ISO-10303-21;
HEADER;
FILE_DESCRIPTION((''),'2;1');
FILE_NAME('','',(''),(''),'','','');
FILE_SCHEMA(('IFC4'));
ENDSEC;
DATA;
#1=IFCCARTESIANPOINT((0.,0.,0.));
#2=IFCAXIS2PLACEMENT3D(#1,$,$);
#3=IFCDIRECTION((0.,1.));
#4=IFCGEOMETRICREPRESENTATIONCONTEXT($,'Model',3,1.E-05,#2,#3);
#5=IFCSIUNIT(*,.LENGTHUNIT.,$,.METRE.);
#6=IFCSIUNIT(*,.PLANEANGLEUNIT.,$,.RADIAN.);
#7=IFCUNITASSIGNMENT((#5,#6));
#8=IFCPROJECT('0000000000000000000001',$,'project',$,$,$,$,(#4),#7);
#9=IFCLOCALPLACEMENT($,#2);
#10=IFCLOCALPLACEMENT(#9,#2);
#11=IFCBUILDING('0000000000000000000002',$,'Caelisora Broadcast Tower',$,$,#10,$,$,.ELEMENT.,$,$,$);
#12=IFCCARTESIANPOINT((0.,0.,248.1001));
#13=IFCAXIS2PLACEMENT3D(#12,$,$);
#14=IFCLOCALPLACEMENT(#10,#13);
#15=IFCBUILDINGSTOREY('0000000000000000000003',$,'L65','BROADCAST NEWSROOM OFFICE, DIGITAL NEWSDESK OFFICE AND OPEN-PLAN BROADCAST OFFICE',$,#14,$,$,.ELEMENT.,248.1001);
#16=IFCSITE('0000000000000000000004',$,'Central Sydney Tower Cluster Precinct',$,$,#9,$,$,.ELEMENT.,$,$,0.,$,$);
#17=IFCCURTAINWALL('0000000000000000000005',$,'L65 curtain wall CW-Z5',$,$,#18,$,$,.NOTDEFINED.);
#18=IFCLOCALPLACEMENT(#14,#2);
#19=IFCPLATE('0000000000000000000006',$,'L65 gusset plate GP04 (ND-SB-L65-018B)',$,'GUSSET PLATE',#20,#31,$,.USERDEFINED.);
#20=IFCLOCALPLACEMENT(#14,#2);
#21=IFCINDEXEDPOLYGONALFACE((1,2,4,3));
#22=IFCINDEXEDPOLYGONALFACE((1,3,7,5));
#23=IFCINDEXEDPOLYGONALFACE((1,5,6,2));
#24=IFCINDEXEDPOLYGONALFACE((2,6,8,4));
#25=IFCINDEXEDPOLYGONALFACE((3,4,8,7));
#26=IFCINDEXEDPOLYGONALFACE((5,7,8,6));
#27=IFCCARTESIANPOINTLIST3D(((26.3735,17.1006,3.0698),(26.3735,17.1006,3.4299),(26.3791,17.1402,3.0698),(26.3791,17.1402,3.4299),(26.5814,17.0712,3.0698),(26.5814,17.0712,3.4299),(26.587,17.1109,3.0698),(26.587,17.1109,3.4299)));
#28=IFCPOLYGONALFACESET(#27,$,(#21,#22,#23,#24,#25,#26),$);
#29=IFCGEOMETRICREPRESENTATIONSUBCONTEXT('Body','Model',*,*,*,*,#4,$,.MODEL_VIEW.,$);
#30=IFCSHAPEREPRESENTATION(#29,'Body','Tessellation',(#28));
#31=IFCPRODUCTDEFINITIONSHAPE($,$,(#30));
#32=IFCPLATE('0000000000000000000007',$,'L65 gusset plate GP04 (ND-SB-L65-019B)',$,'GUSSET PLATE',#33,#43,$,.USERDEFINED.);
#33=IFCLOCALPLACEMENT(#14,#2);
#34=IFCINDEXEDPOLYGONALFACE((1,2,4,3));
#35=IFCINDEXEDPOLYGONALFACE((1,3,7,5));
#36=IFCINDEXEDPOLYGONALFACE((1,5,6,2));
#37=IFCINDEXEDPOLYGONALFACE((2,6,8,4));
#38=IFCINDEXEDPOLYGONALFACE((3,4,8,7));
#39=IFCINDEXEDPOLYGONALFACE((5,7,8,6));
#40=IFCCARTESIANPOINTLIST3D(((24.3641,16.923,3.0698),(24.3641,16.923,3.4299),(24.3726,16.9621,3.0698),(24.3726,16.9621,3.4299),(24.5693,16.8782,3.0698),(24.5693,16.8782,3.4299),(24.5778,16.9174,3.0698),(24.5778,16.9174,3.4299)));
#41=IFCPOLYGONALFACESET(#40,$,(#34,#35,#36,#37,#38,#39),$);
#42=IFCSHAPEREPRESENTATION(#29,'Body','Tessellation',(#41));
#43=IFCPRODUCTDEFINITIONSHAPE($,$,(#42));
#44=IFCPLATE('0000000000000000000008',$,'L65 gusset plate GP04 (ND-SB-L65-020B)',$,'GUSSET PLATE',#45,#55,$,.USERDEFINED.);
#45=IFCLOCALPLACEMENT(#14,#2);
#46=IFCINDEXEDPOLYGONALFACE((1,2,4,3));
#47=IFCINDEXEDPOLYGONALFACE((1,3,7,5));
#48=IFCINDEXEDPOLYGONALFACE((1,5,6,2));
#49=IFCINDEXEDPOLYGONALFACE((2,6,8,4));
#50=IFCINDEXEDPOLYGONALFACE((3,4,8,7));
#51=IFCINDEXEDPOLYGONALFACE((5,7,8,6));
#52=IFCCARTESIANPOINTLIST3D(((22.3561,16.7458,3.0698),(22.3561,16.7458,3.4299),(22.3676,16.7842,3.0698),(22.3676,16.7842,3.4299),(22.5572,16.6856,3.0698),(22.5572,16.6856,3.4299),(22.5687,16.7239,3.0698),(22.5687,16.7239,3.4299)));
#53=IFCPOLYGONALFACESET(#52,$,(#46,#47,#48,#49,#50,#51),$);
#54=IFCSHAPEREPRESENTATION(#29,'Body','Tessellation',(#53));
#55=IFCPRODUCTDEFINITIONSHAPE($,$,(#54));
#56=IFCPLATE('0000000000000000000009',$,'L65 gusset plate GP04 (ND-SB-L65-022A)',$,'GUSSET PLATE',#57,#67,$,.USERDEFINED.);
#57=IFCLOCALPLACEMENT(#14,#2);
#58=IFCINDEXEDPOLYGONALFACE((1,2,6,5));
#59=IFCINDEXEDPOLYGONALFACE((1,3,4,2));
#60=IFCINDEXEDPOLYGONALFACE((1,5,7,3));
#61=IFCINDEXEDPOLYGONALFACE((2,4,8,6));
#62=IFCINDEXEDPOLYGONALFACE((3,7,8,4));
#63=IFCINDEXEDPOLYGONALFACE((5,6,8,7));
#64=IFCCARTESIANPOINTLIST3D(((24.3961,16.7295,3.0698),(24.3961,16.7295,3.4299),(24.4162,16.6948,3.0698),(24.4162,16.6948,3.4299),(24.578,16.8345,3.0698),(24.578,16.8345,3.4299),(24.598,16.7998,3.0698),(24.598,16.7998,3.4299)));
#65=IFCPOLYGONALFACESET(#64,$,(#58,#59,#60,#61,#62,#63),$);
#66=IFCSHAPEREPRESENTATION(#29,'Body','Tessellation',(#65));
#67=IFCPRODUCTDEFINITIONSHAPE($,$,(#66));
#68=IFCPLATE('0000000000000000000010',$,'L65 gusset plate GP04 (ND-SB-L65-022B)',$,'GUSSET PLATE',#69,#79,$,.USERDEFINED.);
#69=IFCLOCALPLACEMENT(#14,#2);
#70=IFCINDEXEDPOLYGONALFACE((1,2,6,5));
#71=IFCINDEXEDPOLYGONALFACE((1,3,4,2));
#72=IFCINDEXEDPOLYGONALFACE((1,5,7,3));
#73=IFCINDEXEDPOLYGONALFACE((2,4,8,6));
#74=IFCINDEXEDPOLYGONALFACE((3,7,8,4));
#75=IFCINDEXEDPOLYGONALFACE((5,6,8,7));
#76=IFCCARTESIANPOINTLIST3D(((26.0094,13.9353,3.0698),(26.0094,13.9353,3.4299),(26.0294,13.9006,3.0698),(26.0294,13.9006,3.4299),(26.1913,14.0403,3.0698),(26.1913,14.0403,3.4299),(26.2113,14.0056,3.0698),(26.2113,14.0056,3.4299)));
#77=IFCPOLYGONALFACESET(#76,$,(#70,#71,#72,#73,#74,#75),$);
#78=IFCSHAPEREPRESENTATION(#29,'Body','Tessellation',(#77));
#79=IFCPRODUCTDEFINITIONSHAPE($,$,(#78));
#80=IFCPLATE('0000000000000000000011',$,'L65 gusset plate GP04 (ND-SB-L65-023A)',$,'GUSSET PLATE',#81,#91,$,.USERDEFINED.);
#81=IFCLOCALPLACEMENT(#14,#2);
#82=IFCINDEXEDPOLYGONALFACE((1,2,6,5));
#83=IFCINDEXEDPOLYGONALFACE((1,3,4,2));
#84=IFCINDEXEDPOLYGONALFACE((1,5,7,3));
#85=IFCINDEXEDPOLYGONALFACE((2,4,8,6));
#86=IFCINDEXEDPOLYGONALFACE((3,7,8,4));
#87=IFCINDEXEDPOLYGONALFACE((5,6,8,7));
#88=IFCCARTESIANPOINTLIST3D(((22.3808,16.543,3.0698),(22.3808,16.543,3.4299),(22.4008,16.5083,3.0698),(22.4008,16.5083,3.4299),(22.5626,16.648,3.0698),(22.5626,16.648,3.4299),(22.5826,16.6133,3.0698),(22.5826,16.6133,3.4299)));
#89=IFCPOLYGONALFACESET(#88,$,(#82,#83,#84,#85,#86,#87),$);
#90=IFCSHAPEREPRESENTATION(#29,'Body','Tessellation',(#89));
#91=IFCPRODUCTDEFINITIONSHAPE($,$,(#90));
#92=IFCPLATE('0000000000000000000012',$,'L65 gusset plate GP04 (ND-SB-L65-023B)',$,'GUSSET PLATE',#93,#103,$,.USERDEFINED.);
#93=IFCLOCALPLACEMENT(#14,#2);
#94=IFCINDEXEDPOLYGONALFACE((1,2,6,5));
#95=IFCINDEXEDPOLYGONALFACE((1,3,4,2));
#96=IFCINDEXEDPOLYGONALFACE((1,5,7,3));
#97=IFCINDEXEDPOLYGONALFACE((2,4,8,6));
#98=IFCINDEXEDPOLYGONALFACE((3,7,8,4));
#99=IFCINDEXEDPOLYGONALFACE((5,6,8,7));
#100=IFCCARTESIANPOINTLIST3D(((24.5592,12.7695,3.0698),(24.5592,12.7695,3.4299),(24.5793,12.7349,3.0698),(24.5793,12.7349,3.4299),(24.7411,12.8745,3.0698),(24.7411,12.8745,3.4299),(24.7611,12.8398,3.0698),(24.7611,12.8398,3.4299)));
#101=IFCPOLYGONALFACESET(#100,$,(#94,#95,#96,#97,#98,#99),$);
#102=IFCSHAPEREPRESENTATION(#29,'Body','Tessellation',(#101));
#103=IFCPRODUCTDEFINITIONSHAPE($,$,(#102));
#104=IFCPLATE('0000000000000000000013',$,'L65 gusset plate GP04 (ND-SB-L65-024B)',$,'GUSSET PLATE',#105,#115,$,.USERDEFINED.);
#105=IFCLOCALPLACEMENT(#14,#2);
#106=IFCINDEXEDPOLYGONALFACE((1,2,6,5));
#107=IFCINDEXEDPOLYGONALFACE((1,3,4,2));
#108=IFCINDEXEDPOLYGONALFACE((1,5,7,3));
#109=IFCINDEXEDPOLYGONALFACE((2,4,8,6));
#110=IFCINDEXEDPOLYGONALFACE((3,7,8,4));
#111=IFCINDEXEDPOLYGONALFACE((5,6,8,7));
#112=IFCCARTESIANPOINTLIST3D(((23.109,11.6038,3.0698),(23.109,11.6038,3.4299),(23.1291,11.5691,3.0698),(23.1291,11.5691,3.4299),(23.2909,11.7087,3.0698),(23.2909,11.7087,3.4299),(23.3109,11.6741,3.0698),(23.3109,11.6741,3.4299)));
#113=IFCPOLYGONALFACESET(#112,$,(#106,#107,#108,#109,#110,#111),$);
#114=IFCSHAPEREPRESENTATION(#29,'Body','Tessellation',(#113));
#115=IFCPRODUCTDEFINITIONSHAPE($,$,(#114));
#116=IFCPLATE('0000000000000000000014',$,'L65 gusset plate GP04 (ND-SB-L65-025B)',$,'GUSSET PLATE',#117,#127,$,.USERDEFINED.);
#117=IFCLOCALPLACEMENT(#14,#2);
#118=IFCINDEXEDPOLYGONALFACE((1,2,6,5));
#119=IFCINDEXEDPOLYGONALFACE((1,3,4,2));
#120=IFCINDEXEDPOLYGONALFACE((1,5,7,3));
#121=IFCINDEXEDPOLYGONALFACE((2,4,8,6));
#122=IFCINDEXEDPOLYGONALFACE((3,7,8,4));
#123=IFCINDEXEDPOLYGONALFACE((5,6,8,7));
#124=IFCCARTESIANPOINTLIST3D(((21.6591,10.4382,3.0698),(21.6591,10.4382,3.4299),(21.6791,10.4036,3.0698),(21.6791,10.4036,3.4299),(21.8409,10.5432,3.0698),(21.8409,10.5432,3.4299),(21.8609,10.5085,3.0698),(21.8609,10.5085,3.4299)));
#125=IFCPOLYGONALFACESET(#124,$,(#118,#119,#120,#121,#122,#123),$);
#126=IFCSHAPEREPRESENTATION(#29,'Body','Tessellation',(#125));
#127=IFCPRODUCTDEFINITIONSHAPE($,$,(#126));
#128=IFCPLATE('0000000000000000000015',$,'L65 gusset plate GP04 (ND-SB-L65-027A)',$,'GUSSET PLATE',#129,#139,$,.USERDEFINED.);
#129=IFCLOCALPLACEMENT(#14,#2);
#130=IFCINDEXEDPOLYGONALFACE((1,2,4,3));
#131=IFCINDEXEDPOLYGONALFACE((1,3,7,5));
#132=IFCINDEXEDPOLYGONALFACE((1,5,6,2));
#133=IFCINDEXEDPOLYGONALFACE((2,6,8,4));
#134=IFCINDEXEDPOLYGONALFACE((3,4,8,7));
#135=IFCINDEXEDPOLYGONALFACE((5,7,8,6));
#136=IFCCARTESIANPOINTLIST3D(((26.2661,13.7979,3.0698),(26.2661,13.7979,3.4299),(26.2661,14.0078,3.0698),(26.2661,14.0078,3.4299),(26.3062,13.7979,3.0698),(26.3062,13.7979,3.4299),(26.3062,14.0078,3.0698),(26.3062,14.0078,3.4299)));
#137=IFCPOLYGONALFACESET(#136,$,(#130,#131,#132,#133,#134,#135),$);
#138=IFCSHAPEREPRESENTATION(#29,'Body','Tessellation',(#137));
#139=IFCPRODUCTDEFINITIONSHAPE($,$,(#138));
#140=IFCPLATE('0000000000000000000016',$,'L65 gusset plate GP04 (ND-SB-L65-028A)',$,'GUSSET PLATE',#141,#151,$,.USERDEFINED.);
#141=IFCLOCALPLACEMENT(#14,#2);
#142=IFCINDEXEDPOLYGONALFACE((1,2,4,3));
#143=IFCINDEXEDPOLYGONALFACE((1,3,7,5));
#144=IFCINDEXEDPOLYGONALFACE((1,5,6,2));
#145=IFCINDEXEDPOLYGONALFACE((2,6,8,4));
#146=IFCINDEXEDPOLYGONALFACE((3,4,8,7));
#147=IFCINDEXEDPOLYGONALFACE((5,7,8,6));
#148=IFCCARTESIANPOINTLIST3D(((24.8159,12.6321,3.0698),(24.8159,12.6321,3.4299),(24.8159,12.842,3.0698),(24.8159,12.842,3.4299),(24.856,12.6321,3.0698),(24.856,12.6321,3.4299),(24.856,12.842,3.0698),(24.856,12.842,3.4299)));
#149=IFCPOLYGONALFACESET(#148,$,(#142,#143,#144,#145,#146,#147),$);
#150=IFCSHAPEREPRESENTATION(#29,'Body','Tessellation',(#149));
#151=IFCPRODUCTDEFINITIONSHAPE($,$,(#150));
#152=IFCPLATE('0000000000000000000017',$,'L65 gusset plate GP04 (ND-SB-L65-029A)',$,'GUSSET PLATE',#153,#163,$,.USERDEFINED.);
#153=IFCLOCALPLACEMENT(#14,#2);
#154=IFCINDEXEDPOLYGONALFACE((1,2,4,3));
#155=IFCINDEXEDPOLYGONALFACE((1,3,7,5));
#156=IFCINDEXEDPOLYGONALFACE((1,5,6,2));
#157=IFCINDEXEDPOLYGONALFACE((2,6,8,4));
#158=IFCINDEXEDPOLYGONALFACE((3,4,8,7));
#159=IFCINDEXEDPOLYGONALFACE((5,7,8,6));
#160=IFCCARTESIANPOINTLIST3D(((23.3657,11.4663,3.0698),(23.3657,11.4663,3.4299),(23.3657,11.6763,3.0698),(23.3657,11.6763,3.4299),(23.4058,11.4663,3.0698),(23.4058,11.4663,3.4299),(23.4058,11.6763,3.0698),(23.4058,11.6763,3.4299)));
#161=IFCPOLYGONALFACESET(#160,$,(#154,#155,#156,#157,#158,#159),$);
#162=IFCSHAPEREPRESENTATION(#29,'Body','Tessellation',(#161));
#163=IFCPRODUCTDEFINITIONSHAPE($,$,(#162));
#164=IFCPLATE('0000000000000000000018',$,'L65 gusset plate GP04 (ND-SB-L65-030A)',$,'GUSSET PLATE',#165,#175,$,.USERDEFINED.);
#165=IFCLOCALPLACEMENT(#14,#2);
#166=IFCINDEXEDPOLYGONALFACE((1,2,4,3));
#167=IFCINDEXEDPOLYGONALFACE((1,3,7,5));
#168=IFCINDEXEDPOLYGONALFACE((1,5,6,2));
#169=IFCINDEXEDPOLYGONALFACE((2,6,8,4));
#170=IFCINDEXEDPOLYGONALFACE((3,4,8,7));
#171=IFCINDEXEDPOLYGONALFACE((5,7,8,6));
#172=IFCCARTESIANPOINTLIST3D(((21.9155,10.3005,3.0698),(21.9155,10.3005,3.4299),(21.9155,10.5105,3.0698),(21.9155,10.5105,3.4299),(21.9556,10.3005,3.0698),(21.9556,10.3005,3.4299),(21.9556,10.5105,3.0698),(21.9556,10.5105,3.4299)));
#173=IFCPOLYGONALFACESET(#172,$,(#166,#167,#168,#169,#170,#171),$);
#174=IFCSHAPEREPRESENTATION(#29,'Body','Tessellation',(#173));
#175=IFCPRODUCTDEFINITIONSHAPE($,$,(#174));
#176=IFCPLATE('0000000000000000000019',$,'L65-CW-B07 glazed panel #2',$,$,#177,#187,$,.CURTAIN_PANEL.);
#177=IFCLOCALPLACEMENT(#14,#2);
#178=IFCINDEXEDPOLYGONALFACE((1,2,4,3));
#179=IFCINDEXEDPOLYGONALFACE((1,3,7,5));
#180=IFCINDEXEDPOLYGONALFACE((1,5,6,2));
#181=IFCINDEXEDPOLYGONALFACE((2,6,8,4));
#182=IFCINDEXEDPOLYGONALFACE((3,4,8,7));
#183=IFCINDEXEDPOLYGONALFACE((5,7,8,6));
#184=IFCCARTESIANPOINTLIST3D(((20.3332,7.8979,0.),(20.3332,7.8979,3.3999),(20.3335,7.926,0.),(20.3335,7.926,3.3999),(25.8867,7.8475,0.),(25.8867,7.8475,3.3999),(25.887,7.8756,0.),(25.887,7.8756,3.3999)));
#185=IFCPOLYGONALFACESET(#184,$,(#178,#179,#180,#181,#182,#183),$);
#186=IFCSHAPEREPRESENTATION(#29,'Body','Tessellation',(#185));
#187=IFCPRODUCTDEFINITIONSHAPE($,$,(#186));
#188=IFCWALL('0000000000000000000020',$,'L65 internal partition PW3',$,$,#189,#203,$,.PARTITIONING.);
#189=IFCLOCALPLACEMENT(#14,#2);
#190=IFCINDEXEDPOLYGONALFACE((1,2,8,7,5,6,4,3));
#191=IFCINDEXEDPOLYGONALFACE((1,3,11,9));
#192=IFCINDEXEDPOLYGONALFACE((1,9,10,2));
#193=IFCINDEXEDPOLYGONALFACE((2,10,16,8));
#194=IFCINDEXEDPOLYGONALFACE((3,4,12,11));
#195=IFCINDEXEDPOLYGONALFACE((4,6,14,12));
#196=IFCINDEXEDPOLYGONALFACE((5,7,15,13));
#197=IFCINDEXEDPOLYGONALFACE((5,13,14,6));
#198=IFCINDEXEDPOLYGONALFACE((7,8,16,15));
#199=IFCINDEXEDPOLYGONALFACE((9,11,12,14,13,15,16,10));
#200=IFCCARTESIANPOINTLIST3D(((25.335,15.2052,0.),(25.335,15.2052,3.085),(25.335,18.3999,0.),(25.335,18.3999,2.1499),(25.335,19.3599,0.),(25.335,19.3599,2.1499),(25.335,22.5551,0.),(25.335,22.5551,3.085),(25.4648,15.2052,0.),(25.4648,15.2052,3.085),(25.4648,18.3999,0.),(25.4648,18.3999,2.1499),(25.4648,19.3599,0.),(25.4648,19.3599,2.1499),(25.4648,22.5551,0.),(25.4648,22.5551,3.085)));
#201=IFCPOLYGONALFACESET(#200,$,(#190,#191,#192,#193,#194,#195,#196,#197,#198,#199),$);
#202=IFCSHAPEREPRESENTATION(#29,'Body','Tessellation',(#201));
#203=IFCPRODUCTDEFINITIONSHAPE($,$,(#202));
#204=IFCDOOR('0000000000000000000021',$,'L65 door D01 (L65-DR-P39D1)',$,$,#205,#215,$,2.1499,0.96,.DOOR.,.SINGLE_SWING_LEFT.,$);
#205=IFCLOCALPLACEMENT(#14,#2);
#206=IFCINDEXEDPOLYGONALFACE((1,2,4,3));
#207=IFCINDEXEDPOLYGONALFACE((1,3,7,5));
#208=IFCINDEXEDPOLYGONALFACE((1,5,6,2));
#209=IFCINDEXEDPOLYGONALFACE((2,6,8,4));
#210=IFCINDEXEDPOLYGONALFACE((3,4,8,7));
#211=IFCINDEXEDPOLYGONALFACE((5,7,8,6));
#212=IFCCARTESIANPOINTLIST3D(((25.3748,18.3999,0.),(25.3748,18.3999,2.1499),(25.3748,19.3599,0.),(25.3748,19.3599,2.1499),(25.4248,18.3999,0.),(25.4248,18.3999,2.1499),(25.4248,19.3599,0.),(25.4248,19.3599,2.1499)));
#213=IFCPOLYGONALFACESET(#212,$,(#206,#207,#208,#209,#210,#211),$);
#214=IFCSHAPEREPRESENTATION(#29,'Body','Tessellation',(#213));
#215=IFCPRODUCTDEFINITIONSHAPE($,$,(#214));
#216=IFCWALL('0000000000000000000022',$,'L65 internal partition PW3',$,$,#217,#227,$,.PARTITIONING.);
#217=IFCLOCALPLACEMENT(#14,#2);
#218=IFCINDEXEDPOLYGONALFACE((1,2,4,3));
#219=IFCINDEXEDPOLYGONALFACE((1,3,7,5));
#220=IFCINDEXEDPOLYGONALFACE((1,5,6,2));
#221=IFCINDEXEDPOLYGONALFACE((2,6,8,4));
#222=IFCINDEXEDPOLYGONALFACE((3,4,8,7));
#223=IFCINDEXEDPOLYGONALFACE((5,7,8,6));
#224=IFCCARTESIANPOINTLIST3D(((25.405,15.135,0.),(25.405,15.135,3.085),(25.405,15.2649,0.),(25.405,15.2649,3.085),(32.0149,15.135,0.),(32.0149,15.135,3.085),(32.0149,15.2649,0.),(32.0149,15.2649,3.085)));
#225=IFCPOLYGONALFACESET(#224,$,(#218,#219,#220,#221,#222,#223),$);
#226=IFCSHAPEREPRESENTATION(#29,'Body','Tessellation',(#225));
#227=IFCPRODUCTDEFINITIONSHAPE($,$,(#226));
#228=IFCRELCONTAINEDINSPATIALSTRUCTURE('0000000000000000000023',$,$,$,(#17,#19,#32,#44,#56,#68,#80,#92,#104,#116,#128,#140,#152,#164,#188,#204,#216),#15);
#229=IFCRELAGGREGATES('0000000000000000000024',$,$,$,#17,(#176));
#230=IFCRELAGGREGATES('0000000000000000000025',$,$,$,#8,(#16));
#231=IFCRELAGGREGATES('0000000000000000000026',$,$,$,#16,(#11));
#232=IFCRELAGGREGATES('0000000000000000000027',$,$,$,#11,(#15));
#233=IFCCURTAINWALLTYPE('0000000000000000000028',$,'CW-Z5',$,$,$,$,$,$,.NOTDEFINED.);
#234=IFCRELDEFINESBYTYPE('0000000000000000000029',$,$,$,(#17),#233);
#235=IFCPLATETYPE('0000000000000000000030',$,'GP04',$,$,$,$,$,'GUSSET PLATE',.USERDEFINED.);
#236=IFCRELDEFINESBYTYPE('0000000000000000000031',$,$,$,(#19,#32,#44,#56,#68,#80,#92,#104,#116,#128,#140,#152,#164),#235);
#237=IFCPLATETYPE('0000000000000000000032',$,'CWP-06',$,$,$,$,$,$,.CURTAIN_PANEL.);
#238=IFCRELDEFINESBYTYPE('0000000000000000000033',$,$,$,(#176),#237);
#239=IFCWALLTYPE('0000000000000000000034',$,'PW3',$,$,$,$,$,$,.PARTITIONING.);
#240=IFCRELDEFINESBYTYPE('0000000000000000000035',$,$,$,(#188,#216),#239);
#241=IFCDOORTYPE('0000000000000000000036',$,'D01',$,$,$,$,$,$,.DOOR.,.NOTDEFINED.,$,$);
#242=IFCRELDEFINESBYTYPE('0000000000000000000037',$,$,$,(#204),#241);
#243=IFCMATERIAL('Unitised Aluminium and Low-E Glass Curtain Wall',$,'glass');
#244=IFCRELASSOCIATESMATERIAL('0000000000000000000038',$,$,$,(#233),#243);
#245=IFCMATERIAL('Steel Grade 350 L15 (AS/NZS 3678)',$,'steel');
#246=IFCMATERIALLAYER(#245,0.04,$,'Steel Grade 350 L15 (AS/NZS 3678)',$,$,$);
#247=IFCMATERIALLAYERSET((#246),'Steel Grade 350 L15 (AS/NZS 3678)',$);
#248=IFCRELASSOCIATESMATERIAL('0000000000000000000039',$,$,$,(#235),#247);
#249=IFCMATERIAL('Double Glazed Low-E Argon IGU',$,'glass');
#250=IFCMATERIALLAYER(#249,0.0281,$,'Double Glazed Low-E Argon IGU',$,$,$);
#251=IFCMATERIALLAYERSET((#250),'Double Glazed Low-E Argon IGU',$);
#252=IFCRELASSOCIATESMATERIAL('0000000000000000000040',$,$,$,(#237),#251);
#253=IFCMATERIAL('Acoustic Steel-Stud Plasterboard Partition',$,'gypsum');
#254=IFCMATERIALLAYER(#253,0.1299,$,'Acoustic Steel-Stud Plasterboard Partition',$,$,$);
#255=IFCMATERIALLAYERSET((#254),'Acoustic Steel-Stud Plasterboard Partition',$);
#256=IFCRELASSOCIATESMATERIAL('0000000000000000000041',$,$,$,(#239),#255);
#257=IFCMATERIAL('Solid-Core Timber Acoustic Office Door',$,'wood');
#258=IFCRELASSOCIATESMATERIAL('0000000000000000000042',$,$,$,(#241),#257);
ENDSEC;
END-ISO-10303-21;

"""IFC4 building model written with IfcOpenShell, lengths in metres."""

from ifc_helpers import new_model, si_unit, direction, frame, frame_2d, origin, origin_2d, place, context, subcontext, project, spatial, rectangle, extrude, source, transform, mapped, material, layer, layer_set, type_object, type_shapes, element, fill, aggregate, save


model = new_model("IFC4")

# Units and contexts
model_context = context("Model", 3, precision=1e-05, world=origin(), true_north=direction((0.0, 1.0)))
body_context = subcontext(model_context, "Body", "Model", "MODEL_VIEW")
ifc_project = project(units=[si_unit("LENGTHUNIT", "METRE"), si_unit("PLANEANGLEUNIT", "RADIAN")], contexts=[model_context])

# Site, building, storey
site_placement = place(None, origin())
site = spatial("IfcSite", under=ifc_project, at=site_placement, Name="Central Sydney Tower Cluster Precinct", CompositionType="ELEMENT", RefElevation=0.0)
building_placement = place(site_placement, origin())
building = spatial("IfcBuilding", under=site, at=building_placement, Name="Caelisora Broadcast Tower", CompositionType="ELEMENT")
storey_placement = place(building_placement, frame((0.0, 0.0, 248.1001)))
storey = spatial("IfcBuildingStorey", under=building, at=storey_placement, Name="L65", Description="BROADCAST NEWSROOM OFFICE, DIGITAL NEWSDESK OFFICE AND OPEN-PLAN BROADCAST OFFICE", CompositionType="ELEMENT", Elevation=248.1001)

# Curtain wall
ifc_material_1 = material(Name="Unitised Aluminium and Low-E Glass Curtain Wall", Category="glass")
curtain_wall_type = type_object("IfcCurtainWallType", Name="CW-Z5", PredefinedType="NOTDEFINED", material=ifc_material_1)
curtain_wall_placement = place(storey_placement, origin())
curtain_wall = element("IfcCurtainWall", 1, at=curtain_wall_placement, inside=storey, type_object=curtain_wall_type, Name="L65 curtain wall CW-Z5", PredefinedType="NOTDEFINED")

# Plates
ifc_material_2 = material(Name="Steel Grade 350 L15 (AS/NZS 3678)", Category="steel")
ifc_layer_1 = layer(ifc_material_2, 0.04, Name="Steel Grade 350 L15 (AS/NZS 3678)")
ifc_layer_set_1 = layer_set([ifc_layer_1], Name="Steel Grade 350 L15 (AS/NZS 3678)")
plate_type_1 = type_object("IfcPlateType", Name="GP04", ElementType="GUSSET PLATE", PredefinedType="USERDEFINED", material=ifc_layer_set_1)
shared_shape_1 = source(origin(), body_context, "Body", "SweptSolid", [
    extrude(rectangle(XDim=0.21, YDim=0.04, at=origin_2d()), origin(), (0.0, 0.0, 1.0), 0.3601),
])
type_shapes(plate_type_1, [shared_shape_1])
for number, where, z_axis, x_axis, name in (
    (2, (26.4802, 17.1057, 3.0698), (0.0, 0.0, 1.0), (0.990195, -0.139692, 0.0), "L65 gusset plate GP04 (ND-SB-L65-018B)"),
    (3, (24.4709, 16.9202, 3.0698), (0.0, 0.0, 1.0), (0.977046, -0.21303, 0.0), "L65 gusset plate GP04 (ND-SB-L65-019B)"),
    (4, (22.4624, 16.7349, 3.0698), (0.0, 0.0, 1.0), (0.957923, -0.287026, 0.0), "L65 gusset plate GP04 (ND-SB-L65-020B)"),
    (5, (24.4971, 16.7646, 3.0698), (0.0, 0.0, 1.0), (0.866025, 0.5, 0.0), "L65 gusset plate GP04 (ND-SB-L65-022A)"),
    (6, (26.1104, 13.9705, 3.0698), (0.0, 0.0, 1.0), (0.866025, 0.5, 0.0), "L65 gusset plate GP04 (ND-SB-L65-022B)"),
    (7, (22.4817, 16.5781, 3.0698), (0.0, 0.0, 1.0), (0.866025, 0.5, 0.0), "L65 gusset plate GP04 (ND-SB-L65-023A)"),
    (8, (24.6602, 12.8047, 3.0698), (0.0, 0.0, 1.0), (0.866025, 0.5, 0.0), "L65 gusset plate GP04 (ND-SB-L65-023B)"),
    (9, (23.21, 11.6389, 3.0698), (0.0, 0.0, 1.0), (0.866025, 0.5, 0.0), "L65 gusset plate GP04 (ND-SB-L65-024B)"),
    (10, (21.76, 10.4734, 3.0698), (0.0, 0.0, 1.0), (0.866025, 0.5, 0.0), "L65 gusset plate GP04 (ND-SB-L65-025B)"),
    (11, (26.2861, 13.9028, 3.0698), (0.0, 0.0, 1.0), (0.0, 1.0, 0.0), "L65 gusset plate GP04 (ND-SB-L65-027A)"),
    (12, (24.8359, 12.7371, 3.0698), (0.0, 0.0, 1.0), (0.0, 1.0, 0.0), "L65 gusset plate GP04 (ND-SB-L65-028A)"),
    (13, (23.3857, 11.5713, 3.0698), (0.0, 0.0, 1.0), (0.0, 1.0, 0.0), "L65 gusset plate GP04 (ND-SB-L65-029A)"),
    (14, (21.9355, 10.4055, 3.0698), (0.0, 0.0, 1.0), (0.0, 1.0, 0.0), "L65 gusset plate GP04 (ND-SB-L65-030A)"),
):
    element("IfcPlate", number, at=place(storey_placement, frame(where, z_axis=z_axis, x_axis=x_axis)), inside=storey, type_object=plate_type_1, Name=name, ObjectType="GUSSET PLATE", PredefinedType="USERDEFINED", context=body_context, shape_type="MappedRepresentation", body=[
        mapped(shared_shape_1, transform((0.0, 0.0, 0.0), scale=1.0)),
    ])

# Plate
ifc_material_3 = material(Name="Double Glazed Low-E Argon IGU", Category="glass")
ifc_layer_2 = layer(ifc_material_3, 0.0281, Name="Double Glazed Low-E Argon IGU")
ifc_layer_set_2 = layer_set([ifc_layer_2], Name="Double Glazed Low-E Argon IGU")
plate_type_2 = type_object("IfcPlateType", Name="CWP-06", PredefinedType="CURTAIN_PANEL", material=ifc_layer_set_2)
shared_shape_2 = source(origin(), body_context, "Body", "SweptSolid", [
    extrude(rectangle(XDim=5.5537, YDim=0.0281, at=origin_2d()), origin(), (0.0, 0.0, 1.0), 3.3999),
])
type_shapes(plate_type_2, [shared_shape_2])
plate_placement = place(storey_placement, frame((23.1101, 7.8867, 0.0), z_axis=(0.0, 0.0, 1.0), x_axis=(-0.999959, 0.009076, 0.0)))
plate = element("IfcPlate", 15, at=plate_placement, type_object=plate_type_2, Name="L65-CW-B07 glazed panel #2", PredefinedType="CURTAIN_PANEL", context=body_context, shape_type="MappedRepresentation", body=[
    mapped(shared_shape_2, transform((0.0, 0.0, 0.0), scale=1.0)),
])
aggregate(curtain_wall, [plate])

# Wall, opening, door
ifc_material_4 = material(Name="Acoustic Steel-Stud Plasterboard Partition", Category="gypsum")
ifc_layer_3 = layer(ifc_material_4, 0.1299, Name="Acoustic Steel-Stud Plasterboard Partition")
ifc_layer_set_3 = layer_set([ifc_layer_3], Name="Acoustic Steel-Stud Plasterboard Partition")
wall_type = type_object("IfcWallType", Name="PW3", PredefinedType="PARTITIONING", material=ifc_layer_set_3)
wall_1_placement = place(storey_placement, frame((25.3999, 22.5549, 0.0), z_axis=(0.0, 0.0, 1.0), x_axis=(0.0, -1.0, 0.0)))
wall_1 = element("IfcWall", 16, at=wall_1_placement, inside=storey, type_object=wall_type, Name="L65 internal partition PW3", PredefinedType="PARTITIONING", context=body_context, shape_type="SweptSolid", body=[
    extrude(rectangle(XDim=7.3499, YDim=0.1299, at=frame_2d((3.6748, 0.0))), origin(), (0.0, 0.0, 1.0), 3.085),
])
opening_1_placement = place(wall_1_placement, frame((3.1951, 0.0, 0.0)))
opening_1 = element("IfcOpeningElement", 17, at=opening_1_placement, cuts=wall_1, PredefinedType="OPENING", context=body_context, shape_type="SweptSolid", body=[
    extrude(rectangle(XDim=0.96, YDim=2.1499, at=frame_2d((0.48, 1.075))), frame((0.0, 0.0769, 0.0), z_axis=(0.0, -1.0, 0.0), x_axis=(1.0, 0.0, 0.0)), (0.0, 0.0, 1.0), 0.1538),
])
ifc_material_5 = material(Name="Solid-Core Timber Acoustic Office Door", Category="wood")
door_type = type_object("IfcDoorType", Name="D01", OperationType="NOTDEFINED", PredefinedType="DOOR", material=ifc_material_5)
door_1_placement = place(opening_1_placement, origin())
door_1 = element("IfcDoor", 18, at=door_1_placement, inside=storey, type_object=door_type, Name="L65 door D01 (L65-DR-P39D1)", OperationType="SINGLE_SWING_LEFT", OverallHeight=2.1499, OverallWidth=0.96, PredefinedType="DOOR", context=body_context, shape_type="SweptSolid", body=[
    extrude(rectangle(XDim=0.96, YDim=2.1499, at=frame_2d((0.48, 1.075))), frame((0.0, 0.0249, 0.0), z_axis=(0.0, -1.0, 0.0), x_axis=(1.0, 0.0, 0.0)), (0.0, 0.0, 1.0), 0.05),
])
fill(opening_1, door_1)

# Wall
wall_2_placement = place(storey_placement, frame((25.405, 15.2, 0.0), z_axis=(0.0, 0.0, 1.0), x_axis=(1.0, 0.0, 0.0)))
element("IfcWall", 19, at=wall_2_placement, inside=storey, type_object=wall_type, Name="L65 internal partition PW3", PredefinedType="PARTITIONING", context=body_context, shape_type="SweptSolid", body=[
    extrude(rectangle(XDim=6.6099, YDim=0.1299, at=frame_2d((3.3049, 0.0))), origin(), (0.0, 0.0, 1.0), 3.085),
])

save(model, "model.ifc")
